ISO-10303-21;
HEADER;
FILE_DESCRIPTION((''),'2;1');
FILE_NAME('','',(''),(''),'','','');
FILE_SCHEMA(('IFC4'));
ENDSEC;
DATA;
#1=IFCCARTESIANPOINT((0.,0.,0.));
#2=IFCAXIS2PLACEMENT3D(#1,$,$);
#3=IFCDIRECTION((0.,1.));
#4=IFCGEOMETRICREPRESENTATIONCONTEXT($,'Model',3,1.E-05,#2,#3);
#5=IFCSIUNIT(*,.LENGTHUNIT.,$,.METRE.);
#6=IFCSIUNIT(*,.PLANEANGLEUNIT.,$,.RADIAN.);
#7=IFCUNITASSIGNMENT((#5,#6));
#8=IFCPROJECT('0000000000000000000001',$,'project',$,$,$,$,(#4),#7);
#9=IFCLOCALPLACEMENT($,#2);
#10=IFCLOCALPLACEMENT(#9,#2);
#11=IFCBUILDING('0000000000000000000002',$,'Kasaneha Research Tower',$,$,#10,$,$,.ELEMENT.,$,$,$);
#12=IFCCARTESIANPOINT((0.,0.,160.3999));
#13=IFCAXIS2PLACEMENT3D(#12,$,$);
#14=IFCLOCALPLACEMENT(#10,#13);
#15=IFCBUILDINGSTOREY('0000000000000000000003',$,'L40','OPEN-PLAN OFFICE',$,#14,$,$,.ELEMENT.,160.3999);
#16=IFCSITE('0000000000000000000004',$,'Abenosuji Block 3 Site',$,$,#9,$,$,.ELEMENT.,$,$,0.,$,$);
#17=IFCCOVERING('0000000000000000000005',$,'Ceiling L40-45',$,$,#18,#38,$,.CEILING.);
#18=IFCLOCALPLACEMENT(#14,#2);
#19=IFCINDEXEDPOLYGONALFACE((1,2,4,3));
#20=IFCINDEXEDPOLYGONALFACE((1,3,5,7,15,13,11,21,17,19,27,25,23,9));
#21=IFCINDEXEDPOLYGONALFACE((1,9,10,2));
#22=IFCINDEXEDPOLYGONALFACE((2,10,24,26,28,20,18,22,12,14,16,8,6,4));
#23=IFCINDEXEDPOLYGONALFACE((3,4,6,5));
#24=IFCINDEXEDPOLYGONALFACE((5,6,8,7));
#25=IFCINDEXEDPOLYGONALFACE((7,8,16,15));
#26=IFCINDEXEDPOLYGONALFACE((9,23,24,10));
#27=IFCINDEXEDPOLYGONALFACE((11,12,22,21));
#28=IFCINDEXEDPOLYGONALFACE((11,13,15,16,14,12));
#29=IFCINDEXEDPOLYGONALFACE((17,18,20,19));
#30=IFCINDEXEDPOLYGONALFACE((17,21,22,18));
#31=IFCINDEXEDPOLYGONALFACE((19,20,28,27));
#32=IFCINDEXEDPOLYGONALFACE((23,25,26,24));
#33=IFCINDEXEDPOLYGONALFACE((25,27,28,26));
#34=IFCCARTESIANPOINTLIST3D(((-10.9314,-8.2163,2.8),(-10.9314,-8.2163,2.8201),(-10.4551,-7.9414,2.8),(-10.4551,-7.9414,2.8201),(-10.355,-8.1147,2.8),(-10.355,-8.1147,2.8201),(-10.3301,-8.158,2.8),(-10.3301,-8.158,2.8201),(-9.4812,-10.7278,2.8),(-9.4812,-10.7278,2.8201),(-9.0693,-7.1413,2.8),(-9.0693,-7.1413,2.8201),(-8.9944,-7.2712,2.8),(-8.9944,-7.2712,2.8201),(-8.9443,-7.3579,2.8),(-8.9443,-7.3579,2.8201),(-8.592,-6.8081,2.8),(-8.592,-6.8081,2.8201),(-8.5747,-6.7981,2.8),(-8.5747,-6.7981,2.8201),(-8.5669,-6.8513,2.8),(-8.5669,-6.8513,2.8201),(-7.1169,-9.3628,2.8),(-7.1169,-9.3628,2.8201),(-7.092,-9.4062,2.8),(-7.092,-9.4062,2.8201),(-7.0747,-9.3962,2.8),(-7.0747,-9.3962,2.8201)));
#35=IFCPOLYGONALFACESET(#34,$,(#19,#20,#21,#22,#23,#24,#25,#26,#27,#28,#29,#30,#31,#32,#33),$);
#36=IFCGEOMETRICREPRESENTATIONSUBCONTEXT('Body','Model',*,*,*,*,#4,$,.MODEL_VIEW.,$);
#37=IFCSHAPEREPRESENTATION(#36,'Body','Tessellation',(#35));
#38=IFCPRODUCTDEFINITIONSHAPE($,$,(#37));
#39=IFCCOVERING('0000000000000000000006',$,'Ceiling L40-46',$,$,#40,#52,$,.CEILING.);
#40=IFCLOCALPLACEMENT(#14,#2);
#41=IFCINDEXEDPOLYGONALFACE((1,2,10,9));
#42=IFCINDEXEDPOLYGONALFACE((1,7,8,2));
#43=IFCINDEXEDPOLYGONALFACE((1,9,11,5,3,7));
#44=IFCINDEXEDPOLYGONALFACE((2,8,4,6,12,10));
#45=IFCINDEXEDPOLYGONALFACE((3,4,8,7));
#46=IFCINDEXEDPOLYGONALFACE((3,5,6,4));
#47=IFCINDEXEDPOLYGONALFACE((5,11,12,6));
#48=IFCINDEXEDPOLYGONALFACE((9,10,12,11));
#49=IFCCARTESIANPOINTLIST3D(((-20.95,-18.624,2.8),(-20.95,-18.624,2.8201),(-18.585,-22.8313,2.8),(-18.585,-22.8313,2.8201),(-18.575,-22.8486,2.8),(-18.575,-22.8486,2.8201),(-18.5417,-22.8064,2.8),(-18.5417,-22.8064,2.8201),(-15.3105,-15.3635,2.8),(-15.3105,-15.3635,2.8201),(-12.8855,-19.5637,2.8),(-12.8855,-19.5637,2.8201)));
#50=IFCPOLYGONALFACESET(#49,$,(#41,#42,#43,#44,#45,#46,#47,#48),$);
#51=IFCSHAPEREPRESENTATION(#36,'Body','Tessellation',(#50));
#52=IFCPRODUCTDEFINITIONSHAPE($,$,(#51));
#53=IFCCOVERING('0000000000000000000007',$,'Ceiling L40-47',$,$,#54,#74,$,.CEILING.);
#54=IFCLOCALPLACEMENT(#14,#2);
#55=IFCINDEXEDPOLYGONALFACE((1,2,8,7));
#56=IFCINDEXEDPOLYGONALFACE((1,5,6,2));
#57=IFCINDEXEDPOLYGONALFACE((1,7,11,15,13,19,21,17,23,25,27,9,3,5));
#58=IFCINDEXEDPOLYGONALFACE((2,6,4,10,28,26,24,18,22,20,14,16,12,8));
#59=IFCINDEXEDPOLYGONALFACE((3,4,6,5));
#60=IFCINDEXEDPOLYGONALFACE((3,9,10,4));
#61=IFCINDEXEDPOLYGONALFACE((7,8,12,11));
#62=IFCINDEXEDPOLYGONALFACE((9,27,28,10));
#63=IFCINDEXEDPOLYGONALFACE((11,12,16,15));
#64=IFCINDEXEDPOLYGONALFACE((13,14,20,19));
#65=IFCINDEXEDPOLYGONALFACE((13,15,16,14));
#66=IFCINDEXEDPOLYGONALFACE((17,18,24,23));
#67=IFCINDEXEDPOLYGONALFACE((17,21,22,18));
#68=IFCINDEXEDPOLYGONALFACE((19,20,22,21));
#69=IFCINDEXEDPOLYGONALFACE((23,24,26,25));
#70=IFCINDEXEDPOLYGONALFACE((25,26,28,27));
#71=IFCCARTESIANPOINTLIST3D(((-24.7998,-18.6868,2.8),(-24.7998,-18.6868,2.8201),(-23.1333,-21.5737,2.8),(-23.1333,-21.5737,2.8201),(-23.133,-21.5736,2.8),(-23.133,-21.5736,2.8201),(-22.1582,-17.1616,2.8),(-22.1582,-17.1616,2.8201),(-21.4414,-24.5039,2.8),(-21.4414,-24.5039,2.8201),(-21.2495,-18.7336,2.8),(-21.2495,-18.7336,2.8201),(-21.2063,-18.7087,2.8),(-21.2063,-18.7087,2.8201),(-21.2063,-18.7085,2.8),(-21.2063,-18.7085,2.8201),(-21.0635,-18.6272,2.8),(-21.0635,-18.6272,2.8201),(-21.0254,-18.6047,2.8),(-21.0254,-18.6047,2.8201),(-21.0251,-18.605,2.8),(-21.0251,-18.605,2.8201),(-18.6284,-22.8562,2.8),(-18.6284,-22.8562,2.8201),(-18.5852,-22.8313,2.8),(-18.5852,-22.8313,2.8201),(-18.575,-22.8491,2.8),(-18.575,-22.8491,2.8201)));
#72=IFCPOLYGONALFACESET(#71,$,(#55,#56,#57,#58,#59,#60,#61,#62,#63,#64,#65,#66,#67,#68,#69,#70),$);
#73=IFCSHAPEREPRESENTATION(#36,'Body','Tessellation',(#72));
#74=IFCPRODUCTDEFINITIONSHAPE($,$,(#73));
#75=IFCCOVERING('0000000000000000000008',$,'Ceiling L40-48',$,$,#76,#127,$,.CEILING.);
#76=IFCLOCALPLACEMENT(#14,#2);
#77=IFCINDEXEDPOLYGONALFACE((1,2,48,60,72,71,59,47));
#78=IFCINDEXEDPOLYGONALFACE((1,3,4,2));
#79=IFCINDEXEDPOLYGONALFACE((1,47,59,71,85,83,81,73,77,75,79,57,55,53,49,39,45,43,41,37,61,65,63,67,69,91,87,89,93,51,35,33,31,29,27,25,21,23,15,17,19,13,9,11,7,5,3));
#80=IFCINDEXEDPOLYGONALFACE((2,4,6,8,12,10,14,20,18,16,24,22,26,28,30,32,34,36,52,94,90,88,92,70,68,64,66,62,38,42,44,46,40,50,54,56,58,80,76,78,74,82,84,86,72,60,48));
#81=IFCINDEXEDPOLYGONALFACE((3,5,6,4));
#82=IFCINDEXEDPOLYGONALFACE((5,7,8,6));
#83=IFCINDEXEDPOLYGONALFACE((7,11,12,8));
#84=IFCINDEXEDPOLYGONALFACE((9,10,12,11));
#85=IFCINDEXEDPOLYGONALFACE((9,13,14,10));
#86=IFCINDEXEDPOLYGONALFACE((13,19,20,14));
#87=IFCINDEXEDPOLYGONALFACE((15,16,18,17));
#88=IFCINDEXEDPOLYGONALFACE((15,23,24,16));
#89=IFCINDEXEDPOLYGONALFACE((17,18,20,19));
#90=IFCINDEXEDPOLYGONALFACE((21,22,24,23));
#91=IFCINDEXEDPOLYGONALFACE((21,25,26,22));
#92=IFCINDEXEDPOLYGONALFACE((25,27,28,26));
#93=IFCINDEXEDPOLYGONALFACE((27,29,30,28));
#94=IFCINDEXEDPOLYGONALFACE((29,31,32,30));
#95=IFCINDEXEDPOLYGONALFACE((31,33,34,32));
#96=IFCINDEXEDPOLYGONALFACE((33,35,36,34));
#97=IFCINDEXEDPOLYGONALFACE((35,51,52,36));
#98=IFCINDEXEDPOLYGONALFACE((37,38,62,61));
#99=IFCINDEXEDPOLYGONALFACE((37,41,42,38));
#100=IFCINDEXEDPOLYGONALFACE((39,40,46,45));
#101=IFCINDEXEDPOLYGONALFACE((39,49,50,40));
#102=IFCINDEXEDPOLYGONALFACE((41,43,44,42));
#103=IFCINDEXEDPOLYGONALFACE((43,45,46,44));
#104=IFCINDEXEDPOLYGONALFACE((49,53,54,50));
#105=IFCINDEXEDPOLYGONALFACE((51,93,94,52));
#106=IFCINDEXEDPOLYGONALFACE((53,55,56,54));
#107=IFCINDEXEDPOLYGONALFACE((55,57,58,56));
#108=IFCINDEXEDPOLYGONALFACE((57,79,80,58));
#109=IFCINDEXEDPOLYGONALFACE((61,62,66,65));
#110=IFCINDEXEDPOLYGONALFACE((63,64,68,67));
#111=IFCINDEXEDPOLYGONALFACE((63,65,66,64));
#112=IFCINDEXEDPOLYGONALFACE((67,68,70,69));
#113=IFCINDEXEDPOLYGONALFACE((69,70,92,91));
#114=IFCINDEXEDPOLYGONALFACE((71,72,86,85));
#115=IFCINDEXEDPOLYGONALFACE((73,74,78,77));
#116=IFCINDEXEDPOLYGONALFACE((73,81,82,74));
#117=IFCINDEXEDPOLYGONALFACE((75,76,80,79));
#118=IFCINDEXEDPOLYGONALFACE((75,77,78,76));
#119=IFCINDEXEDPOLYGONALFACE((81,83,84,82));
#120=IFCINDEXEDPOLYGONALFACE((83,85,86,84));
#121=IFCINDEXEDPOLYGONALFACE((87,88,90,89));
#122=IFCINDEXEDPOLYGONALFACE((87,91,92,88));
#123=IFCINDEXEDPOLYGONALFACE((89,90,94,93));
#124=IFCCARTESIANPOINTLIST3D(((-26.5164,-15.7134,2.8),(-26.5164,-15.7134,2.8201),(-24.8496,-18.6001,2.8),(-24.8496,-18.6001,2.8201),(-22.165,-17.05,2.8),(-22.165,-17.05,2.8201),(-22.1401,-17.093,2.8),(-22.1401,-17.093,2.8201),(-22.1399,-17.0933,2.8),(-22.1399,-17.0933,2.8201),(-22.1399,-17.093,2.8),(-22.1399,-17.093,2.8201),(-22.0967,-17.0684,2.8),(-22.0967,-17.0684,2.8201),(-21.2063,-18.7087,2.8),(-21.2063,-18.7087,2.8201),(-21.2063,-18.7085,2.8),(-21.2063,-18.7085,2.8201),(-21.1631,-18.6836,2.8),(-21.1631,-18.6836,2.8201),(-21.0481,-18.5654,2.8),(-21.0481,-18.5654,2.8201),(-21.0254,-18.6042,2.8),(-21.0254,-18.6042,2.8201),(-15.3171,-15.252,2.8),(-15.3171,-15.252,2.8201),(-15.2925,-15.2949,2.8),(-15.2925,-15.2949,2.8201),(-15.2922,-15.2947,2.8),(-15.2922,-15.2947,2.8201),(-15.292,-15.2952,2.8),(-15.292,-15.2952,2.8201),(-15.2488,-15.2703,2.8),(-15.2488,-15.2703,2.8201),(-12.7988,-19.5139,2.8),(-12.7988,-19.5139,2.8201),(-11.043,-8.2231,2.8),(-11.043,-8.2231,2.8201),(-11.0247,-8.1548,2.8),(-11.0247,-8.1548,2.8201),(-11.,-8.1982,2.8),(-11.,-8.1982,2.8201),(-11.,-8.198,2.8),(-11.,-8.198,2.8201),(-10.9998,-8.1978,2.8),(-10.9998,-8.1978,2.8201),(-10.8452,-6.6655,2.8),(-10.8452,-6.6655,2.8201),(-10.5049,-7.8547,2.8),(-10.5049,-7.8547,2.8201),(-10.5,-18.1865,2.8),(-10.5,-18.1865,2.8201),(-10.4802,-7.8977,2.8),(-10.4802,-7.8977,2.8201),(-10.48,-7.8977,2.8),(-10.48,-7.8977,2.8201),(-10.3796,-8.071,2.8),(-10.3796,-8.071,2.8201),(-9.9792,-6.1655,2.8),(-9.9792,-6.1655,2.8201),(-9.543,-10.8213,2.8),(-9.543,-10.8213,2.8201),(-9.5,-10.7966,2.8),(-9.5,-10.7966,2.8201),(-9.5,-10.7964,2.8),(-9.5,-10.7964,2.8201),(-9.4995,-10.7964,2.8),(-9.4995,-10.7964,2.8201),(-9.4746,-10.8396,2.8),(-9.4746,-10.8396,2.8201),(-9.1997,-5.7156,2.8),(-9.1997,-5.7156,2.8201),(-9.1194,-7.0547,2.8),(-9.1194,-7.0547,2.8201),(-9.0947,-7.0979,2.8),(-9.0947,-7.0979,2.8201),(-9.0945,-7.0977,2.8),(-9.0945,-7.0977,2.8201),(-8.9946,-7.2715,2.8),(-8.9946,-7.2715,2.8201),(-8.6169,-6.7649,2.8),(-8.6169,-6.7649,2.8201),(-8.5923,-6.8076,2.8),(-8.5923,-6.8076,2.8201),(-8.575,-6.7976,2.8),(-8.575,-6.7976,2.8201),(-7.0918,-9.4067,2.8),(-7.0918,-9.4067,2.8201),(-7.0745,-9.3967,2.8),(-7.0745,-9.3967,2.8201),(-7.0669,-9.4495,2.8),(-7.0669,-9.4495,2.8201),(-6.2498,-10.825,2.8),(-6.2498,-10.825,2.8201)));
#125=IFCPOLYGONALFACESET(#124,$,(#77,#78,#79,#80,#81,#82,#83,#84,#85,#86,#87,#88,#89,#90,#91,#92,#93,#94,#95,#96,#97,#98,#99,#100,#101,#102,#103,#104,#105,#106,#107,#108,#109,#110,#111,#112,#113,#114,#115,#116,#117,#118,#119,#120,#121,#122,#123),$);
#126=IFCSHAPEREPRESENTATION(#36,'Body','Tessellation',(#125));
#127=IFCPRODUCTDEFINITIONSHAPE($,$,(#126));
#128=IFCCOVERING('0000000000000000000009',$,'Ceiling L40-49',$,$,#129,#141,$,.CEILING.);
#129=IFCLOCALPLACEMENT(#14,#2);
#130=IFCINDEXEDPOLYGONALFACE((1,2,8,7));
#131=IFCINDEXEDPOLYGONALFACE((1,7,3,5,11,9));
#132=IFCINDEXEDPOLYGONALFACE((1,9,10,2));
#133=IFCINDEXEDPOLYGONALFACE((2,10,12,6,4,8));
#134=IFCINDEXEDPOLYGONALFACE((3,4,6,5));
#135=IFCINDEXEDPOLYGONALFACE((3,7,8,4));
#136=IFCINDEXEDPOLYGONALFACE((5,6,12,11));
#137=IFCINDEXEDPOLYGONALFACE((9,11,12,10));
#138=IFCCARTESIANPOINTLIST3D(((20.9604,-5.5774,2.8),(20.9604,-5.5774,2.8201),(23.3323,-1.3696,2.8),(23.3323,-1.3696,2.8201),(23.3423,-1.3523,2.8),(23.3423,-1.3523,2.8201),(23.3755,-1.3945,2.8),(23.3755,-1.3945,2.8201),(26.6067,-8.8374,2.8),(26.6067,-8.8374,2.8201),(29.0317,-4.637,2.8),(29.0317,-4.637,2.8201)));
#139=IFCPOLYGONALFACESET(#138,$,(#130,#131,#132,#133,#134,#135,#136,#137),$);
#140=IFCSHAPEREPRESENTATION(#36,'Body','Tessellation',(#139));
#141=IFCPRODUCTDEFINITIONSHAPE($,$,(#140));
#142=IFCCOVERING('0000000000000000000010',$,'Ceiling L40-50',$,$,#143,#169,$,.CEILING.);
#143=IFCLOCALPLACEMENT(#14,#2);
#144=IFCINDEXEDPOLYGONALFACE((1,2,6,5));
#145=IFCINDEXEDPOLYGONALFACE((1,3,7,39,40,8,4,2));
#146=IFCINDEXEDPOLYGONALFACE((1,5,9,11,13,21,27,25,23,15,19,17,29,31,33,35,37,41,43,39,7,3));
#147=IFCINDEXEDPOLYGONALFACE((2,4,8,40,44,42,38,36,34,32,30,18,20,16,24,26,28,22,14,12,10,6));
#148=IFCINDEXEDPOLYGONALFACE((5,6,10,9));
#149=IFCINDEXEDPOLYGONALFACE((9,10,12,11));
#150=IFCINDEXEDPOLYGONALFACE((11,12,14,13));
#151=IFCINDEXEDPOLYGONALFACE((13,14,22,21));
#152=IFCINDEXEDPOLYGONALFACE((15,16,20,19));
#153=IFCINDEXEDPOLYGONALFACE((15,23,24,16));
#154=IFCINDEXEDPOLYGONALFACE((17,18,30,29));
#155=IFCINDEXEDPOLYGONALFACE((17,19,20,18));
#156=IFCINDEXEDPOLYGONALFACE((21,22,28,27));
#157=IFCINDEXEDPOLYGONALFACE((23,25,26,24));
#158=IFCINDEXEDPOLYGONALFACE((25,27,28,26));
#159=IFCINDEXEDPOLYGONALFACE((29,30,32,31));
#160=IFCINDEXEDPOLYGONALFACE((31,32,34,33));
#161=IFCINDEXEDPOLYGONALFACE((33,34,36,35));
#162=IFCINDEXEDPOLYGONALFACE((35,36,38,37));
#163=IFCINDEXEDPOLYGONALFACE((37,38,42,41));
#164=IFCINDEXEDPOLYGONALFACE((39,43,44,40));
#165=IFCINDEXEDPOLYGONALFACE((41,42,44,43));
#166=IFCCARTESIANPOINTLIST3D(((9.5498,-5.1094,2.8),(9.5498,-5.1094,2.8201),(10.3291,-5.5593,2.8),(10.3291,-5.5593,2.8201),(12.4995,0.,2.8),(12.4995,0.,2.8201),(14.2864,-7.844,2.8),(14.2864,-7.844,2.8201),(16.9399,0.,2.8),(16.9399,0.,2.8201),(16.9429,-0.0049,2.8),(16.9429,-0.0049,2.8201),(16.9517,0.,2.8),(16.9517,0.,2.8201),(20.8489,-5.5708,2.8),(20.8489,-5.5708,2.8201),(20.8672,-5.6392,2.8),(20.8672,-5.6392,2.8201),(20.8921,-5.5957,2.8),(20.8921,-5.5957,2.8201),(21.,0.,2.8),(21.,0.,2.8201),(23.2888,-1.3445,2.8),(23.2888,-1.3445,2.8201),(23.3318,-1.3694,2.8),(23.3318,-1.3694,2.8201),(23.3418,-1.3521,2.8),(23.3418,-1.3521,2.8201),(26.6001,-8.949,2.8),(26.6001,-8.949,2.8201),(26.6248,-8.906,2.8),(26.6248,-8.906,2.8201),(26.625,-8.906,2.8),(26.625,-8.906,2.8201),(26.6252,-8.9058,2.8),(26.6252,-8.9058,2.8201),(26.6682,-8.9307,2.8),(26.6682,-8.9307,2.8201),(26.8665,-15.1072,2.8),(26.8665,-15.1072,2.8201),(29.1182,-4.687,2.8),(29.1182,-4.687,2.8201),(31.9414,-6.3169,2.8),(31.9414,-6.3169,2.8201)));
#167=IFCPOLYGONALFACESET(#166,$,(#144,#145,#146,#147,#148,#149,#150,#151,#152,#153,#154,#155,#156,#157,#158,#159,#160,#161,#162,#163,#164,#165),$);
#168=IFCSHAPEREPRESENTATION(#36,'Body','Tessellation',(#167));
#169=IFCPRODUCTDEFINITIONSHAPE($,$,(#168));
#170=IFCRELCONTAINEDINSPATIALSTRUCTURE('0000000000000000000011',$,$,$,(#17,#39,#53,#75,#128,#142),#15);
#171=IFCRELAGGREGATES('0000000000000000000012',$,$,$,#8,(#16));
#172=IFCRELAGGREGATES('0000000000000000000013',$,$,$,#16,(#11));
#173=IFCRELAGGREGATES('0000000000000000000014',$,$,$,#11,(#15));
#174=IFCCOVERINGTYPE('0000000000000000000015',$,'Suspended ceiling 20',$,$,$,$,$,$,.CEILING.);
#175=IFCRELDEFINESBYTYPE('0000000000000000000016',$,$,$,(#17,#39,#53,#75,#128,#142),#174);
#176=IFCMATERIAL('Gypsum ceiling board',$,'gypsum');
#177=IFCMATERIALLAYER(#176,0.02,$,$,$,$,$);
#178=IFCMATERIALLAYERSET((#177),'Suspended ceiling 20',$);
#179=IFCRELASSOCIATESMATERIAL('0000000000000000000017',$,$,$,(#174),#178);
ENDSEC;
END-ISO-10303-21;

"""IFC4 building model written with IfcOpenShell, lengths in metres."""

from ifc_helpers import new_model, si_unit, direction, frame, origin, place, context, subcontext, project, spatial, polyline, outline, extrude, material, layer, layer_set, type_object, element, save


model = new_model("IFC4")

# Units and contexts
model_context = context("Model", 3, precision=1e-05, world=origin(), true_north=direction((0.0, 1.0)))
body_context = subcontext(model_context, "Body", "Model", "MODEL_VIEW")
ifc_project = project(units=[si_unit("LENGTHUNIT", "METRE"), si_unit("PLANEANGLEUNIT", "RADIAN")], contexts=[model_context])

# Site, building, storey
site_placement = place(None, origin())
site = spatial("IfcSite", under=ifc_project, at=site_placement, Name="Abenosuji Block 3 Site", CompositionType="ELEMENT", RefElevation=0.0)
building_placement = place(site_placement, origin())
building = spatial("IfcBuilding", under=site, at=building_placement, Name="Kasaneha Research Tower", CompositionType="ELEMENT")
storey_placement = place(building_placement, frame((0.0, 0.0, 160.3999)))
storey = spatial("IfcBuildingStorey", under=building, at=storey_placement, Name="L40", Description="OPEN-PLAN OFFICE", CompositionType="ELEMENT", Elevation=160.3999)

# Coverings
ifc_material_1 = material(Name="Gypsum ceiling board", Category="gypsum")
ifc_layer_1 = layer(ifc_material_1, 0.02)
ifc_layer_set_1 = layer_set([ifc_layer_1], Name="Suspended ceiling 20")
covering_type_1 = type_object("IfcCoveringType", Name="Suspended ceiling 20", PredefinedType="CEILING", material=ifc_layer_set_1)
covering_1_placement = place(storey_placement, frame((0.0, 0.0, 2.8)))
element("IfcCovering", 1, at=covering_1_placement, inside=storey, type_object=covering_type_1, Name="Ceiling L40-45", PredefinedType="CEILING", context=body_context, shape_type="SweptSolid", body=[
    extrude(outline(polyline([(-10.355, -8.1147), (-10.355, -8.1147), (-10.3301, -8.158), (-8.9443, -7.3579), (-8.9944, -7.2712), (-8.9944, -7.2712), (-9.0942, -7.0981), (-9.0942, -7.0981), (-9.0693, -7.1414), (-8.5669, -6.8513), (-8.592, -6.8081), (-8.5747, -6.7981), (-7.0747, -9.3962), (-7.092, -9.4062), (-7.1169, -9.3628), (-9.4812, -10.7278), (-10.9314, -8.2163), (-10.4551, -7.9414), (-10.355, -8.1147)])), origin(), (0.0, 0.0, 1.0), 0.02),
])
covering_2_placement = place(storey_placement, frame((0.0, 0.0, 2.8)))
element("IfcCovering", 2, at=covering_2_placement, inside=storey, type_object=covering_type_1, Name="Ceiling L40-46", PredefinedType="CEILING", context=body_context, shape_type="SweptSolid", body=[
    extrude(outline(polyline([(-18.575, -22.8486), (-18.585, -22.8313), (-18.5417, -22.8064), (-20.95, -18.624), (-15.3105, -15.3635), (-12.8855, -19.5637), (-18.575, -22.8486)])), origin(), (0.0, 0.0, 1.0), 0.02),
])
covering_3_placement = place(storey_placement, frame((0.0, 0.0, 2.8)))
element("IfcCovering", 3, at=covering_3_placement, inside=storey, type_object=covering_type_1, Name="Ceiling L40-47", PredefinedType="CEILING", context=body_context, shape_type="SweptSolid", body=[
    extrude(outline(polyline([(-21.2063, -18.7087), (-21.0254, -18.6047), (-21.0251, -18.605), (-21.0635, -18.6272), (-18.6284, -22.8562), (-18.5852, -22.8313), (-18.575, -22.8491), (-21.4414, -24.5039), (-23.1333, -21.5737), (-20.8503, -20.2556), (-23.1331, -21.5735), (-24.7998, -18.6868), (-22.1582, -17.1616), (-21.2495, -18.7336), (-21.2063, -18.7085), (-21.2063, -18.7087)])), origin(), (0.0, 0.0, 1.0), 0.02),
])
covering_4_placement = place(storey_placement, frame((0.0, 0.0, 2.8)))
element("IfcCovering", 4, at=covering_4_placement, inside=storey, type_object=covering_type_1, Name="Ceiling L40-48", PredefinedType="CEILING", context=body_context, shape_type="SweptSolid", body=[
    extrude(outline(polyline([(-9.1997, -5.7156), (-8.575, -6.7976), (-8.5923, -6.8076), (-8.6169, -6.7649), (-9.1194, -7.0547), (-9.0945, -7.0977), (-9.0947, -7.0979), (-8.9946, -7.2715), (-10.3796, -8.071), (-10.48, -7.8977), (-10.4802, -7.8977), (-10.5049, -7.8547), (-11.0247, -8.1548), (-10.9998, -8.1978), (-11.0, -8.198), (-11.0, -8.1982), (-11.043, -8.2231), (-9.543, -10.8213), (-9.5, -10.7964), (-9.5, -10.7966), (-9.4995, -10.7964), (-9.4746, -10.8396), (-7.0669, -9.4495), (-7.0918, -9.4067), (-7.0745, -9.3967), (-6.2498, -10.825), (-10.5, -18.1865), (-12.7988, -19.5139), (-15.2488, -15.2703), (-15.292, -15.2952), (-15.2922, -15.2947), (-15.2925, -15.2949), (-15.3171, -15.252), (-21.0481, -18.5654), (-21.0254, -18.6042), (-21.2063, -18.7087), (-21.2063, -18.7085), (-21.1631, -18.6836), (-22.0967, -17.0684), (-22.1399, -17.0933), (-22.1399, -17.093), (-22.1401, -17.093), (-22.165, -17.05), (-24.8496, -18.6001), (-26.5164, -15.7134), (-10.8452, -6.6655), (-10.8452, -6.6655), (-9.9792, -6.1655), (-9.9792, -6.1655), (-9.1997, -5.7156)])), origin(), (0.0, 0.0, 1.0), 0.02),
])
covering_5_placement = place(storey_placement, frame((0.0, 0.0, 2.8)))
element("IfcCovering", 5, at=covering_5_placement, inside=storey, type_object=covering_type_1, Name="Ceiling L40-49", PredefinedType="CEILING", context=body_context, shape_type="SweptSolid", body=[
    extrude(outline(polyline([(29.0317, -4.637), (26.6067, -8.8374), (20.9604, -5.5774), (23.3755, -1.3945), (23.3323, -1.3696), (23.3423, -1.3523), (29.0317, -4.637)])), origin(), (0.0, 0.0, 1.0), 0.02),
])
covering_6_placement = place(storey_placement, frame((0.0, 0.0, 2.8)))
element("IfcCovering", 6, at=covering_6_placement, inside=storey, type_object=covering_type_1, Name="Ceiling L40-50", PredefinedType="CEILING", context=body_context, shape_type="SweptSolid", body=[
    extrude(outline(polyline([(9.5498, -5.1094), (12.4995, 0.0), (16.9399, 0.0), (16.9429, -0.0049), (16.9517, 0.0), (21.0, 0.0), (23.3418, -1.3521), (23.3318, -1.3694), (23.2888, -1.3445), (20.8489, -5.5708), (20.8921, -5.5957), (20.8672, -5.6392), (26.6001, -8.949), (26.6248, -8.906), (26.625, -8.906), (26.6252, -8.9058), (26.6682, -8.9307), (29.1182, -4.687), (31.9414, -6.3169), (26.8665, -15.1072), (14.2864, -7.844), (10.3291, -5.5593), (10.3291, -5.5593), (9.5498, -5.1094)])), origin(), (0.0, 0.0, 1.0), 0.02),
])

save(model, "model.ifc")
